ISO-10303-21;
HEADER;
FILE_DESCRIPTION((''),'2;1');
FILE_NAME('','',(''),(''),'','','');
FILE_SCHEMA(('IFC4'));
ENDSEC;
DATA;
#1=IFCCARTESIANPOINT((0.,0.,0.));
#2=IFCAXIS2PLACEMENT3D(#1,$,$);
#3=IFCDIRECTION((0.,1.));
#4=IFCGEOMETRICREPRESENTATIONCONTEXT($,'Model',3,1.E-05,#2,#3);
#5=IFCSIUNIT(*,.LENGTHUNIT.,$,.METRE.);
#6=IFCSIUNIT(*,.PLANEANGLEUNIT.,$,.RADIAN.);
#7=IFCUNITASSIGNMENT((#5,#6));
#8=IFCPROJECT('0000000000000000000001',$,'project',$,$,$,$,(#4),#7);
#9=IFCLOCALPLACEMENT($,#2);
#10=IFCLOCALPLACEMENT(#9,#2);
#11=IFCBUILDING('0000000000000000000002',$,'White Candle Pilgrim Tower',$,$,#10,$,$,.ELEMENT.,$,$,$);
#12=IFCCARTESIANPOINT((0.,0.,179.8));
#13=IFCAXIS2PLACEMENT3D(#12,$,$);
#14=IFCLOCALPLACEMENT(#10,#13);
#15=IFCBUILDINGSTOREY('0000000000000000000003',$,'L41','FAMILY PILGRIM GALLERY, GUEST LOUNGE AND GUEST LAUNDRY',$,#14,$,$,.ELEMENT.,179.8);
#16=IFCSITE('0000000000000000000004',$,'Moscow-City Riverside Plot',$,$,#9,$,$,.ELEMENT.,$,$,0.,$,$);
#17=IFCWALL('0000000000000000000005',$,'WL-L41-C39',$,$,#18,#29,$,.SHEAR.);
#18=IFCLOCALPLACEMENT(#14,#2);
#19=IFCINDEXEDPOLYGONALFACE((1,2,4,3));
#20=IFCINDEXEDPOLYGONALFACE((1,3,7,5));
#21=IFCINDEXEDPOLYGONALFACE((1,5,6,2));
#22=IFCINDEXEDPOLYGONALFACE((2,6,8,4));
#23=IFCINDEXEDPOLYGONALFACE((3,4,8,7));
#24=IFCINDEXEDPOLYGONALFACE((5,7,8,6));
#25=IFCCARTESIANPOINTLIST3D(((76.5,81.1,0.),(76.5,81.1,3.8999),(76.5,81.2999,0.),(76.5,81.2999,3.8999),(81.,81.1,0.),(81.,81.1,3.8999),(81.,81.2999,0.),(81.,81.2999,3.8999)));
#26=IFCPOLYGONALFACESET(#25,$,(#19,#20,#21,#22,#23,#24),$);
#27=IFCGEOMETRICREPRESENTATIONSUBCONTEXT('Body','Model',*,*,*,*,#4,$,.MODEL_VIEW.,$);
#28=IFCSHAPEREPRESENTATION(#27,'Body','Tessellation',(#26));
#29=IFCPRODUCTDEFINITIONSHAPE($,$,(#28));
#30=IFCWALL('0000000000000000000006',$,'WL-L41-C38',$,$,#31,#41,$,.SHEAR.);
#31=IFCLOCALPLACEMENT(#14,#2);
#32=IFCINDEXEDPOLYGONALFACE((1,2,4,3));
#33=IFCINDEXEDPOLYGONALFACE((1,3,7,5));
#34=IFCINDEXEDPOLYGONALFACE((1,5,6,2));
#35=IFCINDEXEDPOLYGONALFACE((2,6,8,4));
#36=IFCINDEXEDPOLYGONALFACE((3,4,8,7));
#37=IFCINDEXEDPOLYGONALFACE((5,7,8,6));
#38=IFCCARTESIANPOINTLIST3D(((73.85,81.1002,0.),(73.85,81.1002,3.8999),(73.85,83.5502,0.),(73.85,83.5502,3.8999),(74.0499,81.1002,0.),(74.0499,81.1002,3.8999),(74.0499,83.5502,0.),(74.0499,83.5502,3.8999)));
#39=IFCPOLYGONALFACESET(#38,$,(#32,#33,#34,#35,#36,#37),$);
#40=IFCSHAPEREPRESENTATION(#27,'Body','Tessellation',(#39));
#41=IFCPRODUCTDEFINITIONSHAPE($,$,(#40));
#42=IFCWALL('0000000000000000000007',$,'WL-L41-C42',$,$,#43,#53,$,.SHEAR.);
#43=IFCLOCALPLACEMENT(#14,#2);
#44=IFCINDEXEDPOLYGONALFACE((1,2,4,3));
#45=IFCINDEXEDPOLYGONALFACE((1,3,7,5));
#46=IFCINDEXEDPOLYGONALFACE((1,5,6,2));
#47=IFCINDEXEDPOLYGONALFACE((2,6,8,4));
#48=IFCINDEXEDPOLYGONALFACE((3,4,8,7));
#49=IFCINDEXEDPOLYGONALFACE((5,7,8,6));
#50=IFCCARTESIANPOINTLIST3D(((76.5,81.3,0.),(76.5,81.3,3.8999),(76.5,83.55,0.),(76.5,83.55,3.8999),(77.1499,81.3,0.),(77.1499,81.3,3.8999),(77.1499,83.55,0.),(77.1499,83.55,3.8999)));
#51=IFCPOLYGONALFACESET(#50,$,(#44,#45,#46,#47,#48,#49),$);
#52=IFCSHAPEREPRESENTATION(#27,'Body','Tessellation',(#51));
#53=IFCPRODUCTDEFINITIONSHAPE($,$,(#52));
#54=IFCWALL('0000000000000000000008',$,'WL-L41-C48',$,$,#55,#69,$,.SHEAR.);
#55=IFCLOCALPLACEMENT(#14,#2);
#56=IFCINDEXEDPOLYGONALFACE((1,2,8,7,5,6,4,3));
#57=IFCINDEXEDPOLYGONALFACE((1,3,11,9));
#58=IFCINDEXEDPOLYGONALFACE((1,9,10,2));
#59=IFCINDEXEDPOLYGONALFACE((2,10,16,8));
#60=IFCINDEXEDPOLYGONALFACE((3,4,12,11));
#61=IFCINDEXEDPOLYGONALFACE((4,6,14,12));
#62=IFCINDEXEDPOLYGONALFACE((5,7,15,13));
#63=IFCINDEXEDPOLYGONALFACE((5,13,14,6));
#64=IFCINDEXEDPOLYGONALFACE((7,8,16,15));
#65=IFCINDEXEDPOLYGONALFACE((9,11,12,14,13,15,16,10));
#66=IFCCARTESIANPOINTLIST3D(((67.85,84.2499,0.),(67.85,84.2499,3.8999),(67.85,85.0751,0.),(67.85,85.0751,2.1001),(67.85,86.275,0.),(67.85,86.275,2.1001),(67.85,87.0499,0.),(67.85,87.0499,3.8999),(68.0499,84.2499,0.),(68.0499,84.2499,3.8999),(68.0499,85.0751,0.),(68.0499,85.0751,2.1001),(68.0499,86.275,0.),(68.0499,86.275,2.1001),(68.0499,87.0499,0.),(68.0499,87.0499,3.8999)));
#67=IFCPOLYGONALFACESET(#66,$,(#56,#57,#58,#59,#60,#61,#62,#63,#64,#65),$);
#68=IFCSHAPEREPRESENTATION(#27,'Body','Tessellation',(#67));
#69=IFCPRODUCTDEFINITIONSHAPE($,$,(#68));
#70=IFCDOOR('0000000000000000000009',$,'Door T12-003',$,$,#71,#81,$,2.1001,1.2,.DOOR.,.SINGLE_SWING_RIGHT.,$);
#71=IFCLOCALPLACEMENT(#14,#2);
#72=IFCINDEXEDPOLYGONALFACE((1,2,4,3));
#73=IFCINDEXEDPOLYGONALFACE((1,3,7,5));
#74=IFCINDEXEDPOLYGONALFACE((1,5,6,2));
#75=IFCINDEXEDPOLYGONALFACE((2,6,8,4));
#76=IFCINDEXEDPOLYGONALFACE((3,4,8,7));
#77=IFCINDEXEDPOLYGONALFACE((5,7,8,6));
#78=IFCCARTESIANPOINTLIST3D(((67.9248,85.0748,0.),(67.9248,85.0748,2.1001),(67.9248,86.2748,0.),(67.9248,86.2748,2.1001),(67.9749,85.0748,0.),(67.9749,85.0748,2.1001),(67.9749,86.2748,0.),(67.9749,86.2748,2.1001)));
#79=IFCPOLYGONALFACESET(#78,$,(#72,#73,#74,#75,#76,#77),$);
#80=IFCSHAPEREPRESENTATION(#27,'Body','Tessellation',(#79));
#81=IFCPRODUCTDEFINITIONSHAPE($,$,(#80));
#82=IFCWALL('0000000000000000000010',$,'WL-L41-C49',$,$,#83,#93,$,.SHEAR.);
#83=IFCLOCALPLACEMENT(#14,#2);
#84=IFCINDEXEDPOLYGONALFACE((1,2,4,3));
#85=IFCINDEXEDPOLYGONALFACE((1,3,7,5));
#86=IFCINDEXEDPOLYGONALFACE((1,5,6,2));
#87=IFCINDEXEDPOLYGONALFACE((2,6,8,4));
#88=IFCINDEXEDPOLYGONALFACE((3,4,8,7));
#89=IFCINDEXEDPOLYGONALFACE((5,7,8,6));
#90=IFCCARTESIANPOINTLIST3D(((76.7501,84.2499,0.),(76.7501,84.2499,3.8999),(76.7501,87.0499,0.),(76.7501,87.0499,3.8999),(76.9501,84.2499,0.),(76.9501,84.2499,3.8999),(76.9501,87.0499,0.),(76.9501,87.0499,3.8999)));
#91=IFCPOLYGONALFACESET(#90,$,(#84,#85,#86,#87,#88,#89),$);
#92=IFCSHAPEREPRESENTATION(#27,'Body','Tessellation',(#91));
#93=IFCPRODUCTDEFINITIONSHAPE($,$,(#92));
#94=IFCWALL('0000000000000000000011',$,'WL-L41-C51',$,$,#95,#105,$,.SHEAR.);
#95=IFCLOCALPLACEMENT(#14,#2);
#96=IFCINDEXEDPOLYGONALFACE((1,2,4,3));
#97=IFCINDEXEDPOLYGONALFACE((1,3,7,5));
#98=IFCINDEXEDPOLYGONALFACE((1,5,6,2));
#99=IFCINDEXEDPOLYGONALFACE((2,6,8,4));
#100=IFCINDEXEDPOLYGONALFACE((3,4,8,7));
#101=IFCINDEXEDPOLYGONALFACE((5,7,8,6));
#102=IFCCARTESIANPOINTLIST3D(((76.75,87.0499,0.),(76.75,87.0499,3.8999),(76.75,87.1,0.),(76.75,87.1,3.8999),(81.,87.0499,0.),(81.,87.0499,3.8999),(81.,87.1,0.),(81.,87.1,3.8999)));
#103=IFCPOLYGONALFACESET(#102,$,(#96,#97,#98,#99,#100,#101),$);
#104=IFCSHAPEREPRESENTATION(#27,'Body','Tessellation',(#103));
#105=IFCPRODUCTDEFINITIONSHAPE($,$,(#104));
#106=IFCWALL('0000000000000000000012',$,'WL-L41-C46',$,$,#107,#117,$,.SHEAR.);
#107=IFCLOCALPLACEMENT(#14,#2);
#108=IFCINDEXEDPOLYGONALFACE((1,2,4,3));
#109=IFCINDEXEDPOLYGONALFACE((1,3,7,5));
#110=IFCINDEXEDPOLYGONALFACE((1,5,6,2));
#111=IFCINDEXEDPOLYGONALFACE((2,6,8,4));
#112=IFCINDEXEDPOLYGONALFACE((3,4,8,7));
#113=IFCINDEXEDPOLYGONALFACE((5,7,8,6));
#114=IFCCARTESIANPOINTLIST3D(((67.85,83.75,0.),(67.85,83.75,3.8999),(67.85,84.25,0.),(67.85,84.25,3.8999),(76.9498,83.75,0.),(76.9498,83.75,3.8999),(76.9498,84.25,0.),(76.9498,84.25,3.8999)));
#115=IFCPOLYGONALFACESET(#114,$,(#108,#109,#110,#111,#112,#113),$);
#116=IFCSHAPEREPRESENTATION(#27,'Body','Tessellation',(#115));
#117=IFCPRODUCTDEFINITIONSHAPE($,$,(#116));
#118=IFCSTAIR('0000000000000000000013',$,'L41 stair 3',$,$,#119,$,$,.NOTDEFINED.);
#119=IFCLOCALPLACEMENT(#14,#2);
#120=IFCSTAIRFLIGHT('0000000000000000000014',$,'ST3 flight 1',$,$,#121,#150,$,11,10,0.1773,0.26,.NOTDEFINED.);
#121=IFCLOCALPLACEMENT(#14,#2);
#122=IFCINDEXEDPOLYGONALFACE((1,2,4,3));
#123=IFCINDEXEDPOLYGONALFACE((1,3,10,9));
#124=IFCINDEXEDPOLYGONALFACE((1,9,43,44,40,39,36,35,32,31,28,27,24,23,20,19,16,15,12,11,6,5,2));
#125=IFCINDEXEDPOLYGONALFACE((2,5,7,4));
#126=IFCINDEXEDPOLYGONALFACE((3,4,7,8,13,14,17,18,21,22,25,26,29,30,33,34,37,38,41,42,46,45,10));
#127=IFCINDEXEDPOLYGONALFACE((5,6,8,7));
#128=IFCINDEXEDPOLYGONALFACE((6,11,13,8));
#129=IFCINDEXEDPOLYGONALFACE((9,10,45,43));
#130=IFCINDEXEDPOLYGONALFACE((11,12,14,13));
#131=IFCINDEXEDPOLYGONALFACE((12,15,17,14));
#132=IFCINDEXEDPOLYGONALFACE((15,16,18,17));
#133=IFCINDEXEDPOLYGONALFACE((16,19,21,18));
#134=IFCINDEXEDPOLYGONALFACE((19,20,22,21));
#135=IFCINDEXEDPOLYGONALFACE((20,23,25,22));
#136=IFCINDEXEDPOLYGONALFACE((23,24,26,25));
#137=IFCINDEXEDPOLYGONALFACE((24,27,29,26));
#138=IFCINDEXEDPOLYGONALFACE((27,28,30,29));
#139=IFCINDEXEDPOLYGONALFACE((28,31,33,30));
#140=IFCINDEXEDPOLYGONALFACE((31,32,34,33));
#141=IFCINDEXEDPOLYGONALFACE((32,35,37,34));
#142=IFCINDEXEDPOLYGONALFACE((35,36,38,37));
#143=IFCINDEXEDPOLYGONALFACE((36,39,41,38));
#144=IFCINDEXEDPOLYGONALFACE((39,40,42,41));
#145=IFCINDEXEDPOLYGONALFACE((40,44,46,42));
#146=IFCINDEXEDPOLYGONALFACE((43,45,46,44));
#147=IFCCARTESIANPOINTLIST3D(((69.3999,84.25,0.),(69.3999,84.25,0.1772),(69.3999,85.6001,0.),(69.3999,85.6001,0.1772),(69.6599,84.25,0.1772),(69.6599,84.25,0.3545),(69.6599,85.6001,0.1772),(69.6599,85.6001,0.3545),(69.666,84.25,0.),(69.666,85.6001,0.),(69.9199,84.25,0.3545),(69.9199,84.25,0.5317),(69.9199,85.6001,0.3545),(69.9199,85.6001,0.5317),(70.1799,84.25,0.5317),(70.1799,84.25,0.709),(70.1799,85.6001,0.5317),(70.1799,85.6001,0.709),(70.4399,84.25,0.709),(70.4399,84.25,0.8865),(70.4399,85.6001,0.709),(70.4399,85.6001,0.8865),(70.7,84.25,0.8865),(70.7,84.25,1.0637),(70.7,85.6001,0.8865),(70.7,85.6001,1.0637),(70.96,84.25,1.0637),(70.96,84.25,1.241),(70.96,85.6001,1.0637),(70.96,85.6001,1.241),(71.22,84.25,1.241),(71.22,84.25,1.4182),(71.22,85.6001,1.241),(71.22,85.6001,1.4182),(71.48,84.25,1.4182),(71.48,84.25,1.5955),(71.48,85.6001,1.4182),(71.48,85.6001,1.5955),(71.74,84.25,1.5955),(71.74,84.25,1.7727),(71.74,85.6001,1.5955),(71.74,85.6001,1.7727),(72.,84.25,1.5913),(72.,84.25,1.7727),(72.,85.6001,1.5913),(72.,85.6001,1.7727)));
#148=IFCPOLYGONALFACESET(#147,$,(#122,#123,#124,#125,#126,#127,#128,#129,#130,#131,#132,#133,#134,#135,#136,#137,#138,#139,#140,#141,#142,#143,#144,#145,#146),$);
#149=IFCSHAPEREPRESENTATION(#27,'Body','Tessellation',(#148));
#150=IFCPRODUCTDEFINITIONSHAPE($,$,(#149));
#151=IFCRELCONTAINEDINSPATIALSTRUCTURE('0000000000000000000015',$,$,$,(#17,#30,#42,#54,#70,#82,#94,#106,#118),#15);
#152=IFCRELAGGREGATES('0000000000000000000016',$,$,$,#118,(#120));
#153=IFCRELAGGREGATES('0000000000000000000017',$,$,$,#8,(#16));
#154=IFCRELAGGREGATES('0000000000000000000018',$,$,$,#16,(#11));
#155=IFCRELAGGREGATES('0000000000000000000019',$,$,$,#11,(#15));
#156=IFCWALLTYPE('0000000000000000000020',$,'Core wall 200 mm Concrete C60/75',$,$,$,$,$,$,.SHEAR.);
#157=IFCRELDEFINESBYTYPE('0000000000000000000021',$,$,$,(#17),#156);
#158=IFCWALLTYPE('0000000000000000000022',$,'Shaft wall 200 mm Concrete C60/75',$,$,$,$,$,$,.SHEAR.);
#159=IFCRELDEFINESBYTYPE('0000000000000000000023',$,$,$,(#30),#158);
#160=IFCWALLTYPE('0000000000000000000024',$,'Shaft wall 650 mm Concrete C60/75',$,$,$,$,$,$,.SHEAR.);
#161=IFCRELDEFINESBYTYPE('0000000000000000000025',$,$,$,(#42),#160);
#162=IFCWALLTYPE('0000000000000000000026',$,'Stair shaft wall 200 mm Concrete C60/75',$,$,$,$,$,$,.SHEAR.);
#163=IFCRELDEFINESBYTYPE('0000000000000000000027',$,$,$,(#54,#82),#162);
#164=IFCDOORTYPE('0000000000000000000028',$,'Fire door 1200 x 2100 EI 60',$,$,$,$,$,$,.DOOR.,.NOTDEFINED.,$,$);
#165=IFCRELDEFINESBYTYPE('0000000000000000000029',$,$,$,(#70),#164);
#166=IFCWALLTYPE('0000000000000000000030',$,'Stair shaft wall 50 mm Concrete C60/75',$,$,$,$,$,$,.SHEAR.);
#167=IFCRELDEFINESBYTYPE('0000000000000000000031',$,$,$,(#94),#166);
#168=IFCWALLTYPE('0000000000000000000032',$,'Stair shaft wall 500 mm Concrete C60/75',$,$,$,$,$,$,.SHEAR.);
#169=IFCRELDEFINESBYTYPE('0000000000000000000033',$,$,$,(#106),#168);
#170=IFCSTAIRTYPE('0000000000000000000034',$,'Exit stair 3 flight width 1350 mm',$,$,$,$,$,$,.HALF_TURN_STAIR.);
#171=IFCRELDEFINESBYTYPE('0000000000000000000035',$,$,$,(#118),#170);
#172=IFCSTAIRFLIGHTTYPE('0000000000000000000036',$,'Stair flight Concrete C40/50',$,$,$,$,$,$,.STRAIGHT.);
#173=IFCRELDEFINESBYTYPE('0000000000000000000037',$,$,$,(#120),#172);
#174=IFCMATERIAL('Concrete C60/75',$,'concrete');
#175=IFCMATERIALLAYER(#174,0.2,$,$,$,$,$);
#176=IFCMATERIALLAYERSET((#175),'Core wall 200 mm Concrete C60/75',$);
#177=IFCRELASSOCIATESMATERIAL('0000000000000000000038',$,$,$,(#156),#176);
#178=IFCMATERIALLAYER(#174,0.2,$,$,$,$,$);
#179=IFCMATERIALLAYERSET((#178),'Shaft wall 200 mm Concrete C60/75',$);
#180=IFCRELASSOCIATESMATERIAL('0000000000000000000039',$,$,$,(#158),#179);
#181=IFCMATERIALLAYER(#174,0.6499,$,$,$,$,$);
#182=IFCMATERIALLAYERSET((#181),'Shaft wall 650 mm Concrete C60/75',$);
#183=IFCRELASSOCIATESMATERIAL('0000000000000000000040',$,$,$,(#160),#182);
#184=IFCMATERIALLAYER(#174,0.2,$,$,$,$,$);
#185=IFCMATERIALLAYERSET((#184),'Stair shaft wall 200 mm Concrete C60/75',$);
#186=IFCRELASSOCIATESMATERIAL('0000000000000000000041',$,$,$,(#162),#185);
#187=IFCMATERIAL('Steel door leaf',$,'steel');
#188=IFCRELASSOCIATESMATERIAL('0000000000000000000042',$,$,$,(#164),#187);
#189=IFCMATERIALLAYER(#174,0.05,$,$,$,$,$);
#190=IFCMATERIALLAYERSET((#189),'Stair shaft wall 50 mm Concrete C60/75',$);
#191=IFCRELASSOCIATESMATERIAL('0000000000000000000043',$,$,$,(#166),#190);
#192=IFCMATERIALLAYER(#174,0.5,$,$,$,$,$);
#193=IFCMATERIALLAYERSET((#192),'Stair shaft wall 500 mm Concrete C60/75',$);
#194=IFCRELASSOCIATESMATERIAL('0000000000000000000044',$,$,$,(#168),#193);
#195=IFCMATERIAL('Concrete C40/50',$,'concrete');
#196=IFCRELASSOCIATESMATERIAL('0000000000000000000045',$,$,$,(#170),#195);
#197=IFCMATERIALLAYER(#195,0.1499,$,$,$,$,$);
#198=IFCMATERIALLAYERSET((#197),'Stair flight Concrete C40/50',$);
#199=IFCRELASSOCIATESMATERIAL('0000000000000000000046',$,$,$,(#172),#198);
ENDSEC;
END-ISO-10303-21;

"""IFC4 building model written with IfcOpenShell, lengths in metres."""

from ifc_helpers import new_model, si_unit, direction, frame, frame_2d, origin, place, context, subcontext, project, spatial, polyline, rectangle, outline, extrude, material, layer, layer_set, type_object, element, fill, aggregate, save


model = new_model("IFC4")

# Units and contexts
model_context = context("Model", 3, precision=1e-05, world=origin(), true_north=direction((0.0, 1.0)))
body_context = subcontext(model_context, "Body", "Model", "MODEL_VIEW")
ifc_project = project(units=[si_unit("LENGTHUNIT", "METRE"), si_unit("PLANEANGLEUNIT", "RADIAN")], contexts=[model_context])

# Site, building, storey
site_placement = place(None, origin())
site = spatial("IfcSite", under=ifc_project, at=site_placement, Name="Moscow-City Riverside Plot", CompositionType="ELEMENT", RefElevation=0.0)
building_placement = place(site_placement, origin())
building = spatial("IfcBuilding", under=site, at=building_placement, Name="White Candle Pilgrim Tower", CompositionType="ELEMENT")
storey_placement = place(building_placement, frame((0.0, 0.0, 179.8)))
storey = spatial("IfcBuildingStorey", under=building, at=storey_placement, Name="L41", Description="FAMILY PILGRIM GALLERY, GUEST LOUNGE AND GUEST LAUNDRY", CompositionType="ELEMENT", Elevation=179.8)

# Walls
ifc_material_1 = material(Name="Concrete C60/75", Category="concrete")
ifc_layer_1 = layer(ifc_material_1, 0.2)
ifc_layer_set_1 = layer_set([ifc_layer_1], Name="Core wall 200 mm Concrete C60/75")
wall_type_1 = type_object("IfcWallType", Name="Core wall 200 mm Concrete C60/75", PredefinedType="SHEAR", material=ifc_layer_set_1)
wall_1_placement = place(storey_placement, frame((76.5, 81.2, 0.0), z_axis=(0.0, 0.0, 1.0), x_axis=(1.0, 0.0, 0.0)))
element("IfcWall", 1, at=wall_1_placement, inside=storey, type_object=wall_type_1, Name="WL-L41-C39", PredefinedType="SHEAR", context=body_context, shape_type="SweptSolid", body=[
    extrude(rectangle(XDim=4.5, YDim=0.2, at=frame_2d((2.25, 0.0))), origin(), (0.0, 0.0, 1.0), 3.8999),
])
ifc_layer_2 = layer(ifc_material_1, 0.2)
ifc_layer_set_2 = layer_set([ifc_layer_2], Name="Shaft wall 200 mm Concrete C60/75")
wall_type_2 = type_object("IfcWallType", Name="Shaft wall 200 mm Concrete C60/75", PredefinedType="SHEAR", material=ifc_layer_set_2)
wall_2_placement = place(storey_placement, frame((73.95, 81.1001, 0.0), z_axis=(0.0, 0.0, 1.0), x_axis=(0.0, 1.0, 0.0)))
element("IfcWall", 2, at=wall_2_placement, inside=storey, type_object=wall_type_2, Name="WL-L41-C38", PredefinedType="SHEAR", context=body_context, shape_type="SweptSolid", body=[
    extrude(rectangle(XDim=2.45, YDim=0.2, at=frame_2d((1.2251, 0.0))), origin(), (0.0, 0.0, 1.0), 3.8999),
])
ifc_layer_3 = layer(ifc_material_1, 0.6499)
ifc_layer_set_3 = layer_set([ifc_layer_3], Name="Shaft wall 650 mm Concrete C60/75")
wall_type_3 = type_object("IfcWallType", Name="Shaft wall 650 mm Concrete C60/75", PredefinedType="SHEAR", material=ifc_layer_set_3)
wall_3_placement = place(storey_placement, frame((76.825, 81.3, 0.0), z_axis=(0.0, 0.0, 1.0), x_axis=(0.0, 1.0, 0.0)))
element("IfcWall", 3, at=wall_3_placement, inside=storey, type_object=wall_type_3, Name="WL-L41-C42", PredefinedType="SHEAR", context=body_context, shape_type="SweptSolid", body=[
    extrude(rectangle(XDim=2.25, YDim=0.6499, at=frame_2d((1.125, 0.0))), origin(), (0.0, 0.0, 1.0), 3.8999),
])

# Wall, opening, door
ifc_layer_4 = layer(ifc_material_1, 0.2)
ifc_layer_set_4 = layer_set([ifc_layer_4], Name="Stair shaft wall 200 mm Concrete C60/75")
wall_type_4 = type_object("IfcWallType", Name="Stair shaft wall 200 mm Concrete C60/75", PredefinedType="SHEAR", material=ifc_layer_set_4)
wall_4_placement = place(storey_placement, frame((67.95, 84.25, 0.0), z_axis=(0.0, 0.0, 1.0), x_axis=(0.0, 1.0, 0.0)))
wall_4 = element("IfcWall", 4, at=wall_4_placement, inside=storey, type_object=wall_type_4, Name="WL-L41-C48", PredefinedType="SHEAR", context=body_context, shape_type="SweptSolid", body=[
    extrude(rectangle(XDim=2.8, YDim=0.2, at=frame_2d((1.3999, 0.0))), origin(), (0.0, 0.0, 1.0), 3.8999),
])
opening_placement = place(wall_4_placement, frame((0.825, 0.0, 0.0)))
opening = element("IfcOpeningElement", 5, at=opening_placement, cuts=wall_4, PredefinedType="OPENING", context=body_context, shape_type="SweptSolid", body=[
    extrude(rectangle(XDim=1.2, YDim=2.1001, at=frame_2d((0.6001, 1.05))), frame((0.0, 0.1099, 0.0), z_axis=(0.0, -1.0, 0.0), x_axis=(1.0, 0.0, 0.0)), (0.0, 0.0, 1.0), 0.22),
])
ifc_material_2 = material(Name="Steel door leaf", Category="steel")
door_type = type_object("IfcDoorType", Name="Fire door 1200 x 2100 EI 60", OperationType="NOTDEFINED", PredefinedType="DOOR", material=ifc_material_2)
door_placement = place(opening_placement, frame((1.2, 0.0, 0.0), z_axis=(0.0, 0.0, 1.0), x_axis=(-1.0, 0.0, 0.0)))
door = element("IfcDoor", 6, at=door_placement, inside=storey, type_object=door_type, Name="Door T12-003", OperationType="SINGLE_SWING_RIGHT", OverallHeight=2.1001, OverallWidth=1.2, PredefinedType="DOOR", context=body_context, shape_type="SweptSolid", body=[
    extrude(rectangle(XDim=1.2, YDim=2.1001, at=frame_2d((0.6001, 1.05))), frame((0.0, 0.0249, 0.0), z_axis=(0.0, -1.0, 0.0), x_axis=(1.0, 0.0, 0.0)), (0.0, 0.0, 1.0), 0.05),
])
fill(opening, door)

# Walls
wall_5_placement = place(storey_placement, frame((76.8501, 84.25, 0.0), z_axis=(0.0, 0.0, 1.0), x_axis=(0.0, 1.0, 0.0)))
element("IfcWall", 7, at=wall_5_placement, inside=storey, type_object=wall_type_4, Name="WL-L41-C49", PredefinedType="SHEAR", context=body_context, shape_type="SweptSolid", body=[
    extrude(rectangle(XDim=2.8, YDim=0.2, at=frame_2d((1.3999, 0.0))), origin(), (0.0, 0.0, 1.0), 3.8999),
])
ifc_layer_5 = layer(ifc_material_1, 0.05)
ifc_layer_set_5 = layer_set([ifc_layer_5], Name="Stair shaft wall 50 mm Concrete C60/75")
wall_type_5 = type_object("IfcWallType", Name="Stair shaft wall 50 mm Concrete C60/75", PredefinedType="SHEAR", material=ifc_layer_set_5)
wall_6_placement = place(storey_placement, frame((76.75, 87.075, 0.0), z_axis=(0.0, 0.0, 1.0), x_axis=(1.0, 0.0, 0.0)))
element("IfcWall", 8, at=wall_6_placement, inside=storey, type_object=wall_type_5, Name="WL-L41-C51", PredefinedType="SHEAR", context=body_context, shape_type="SweptSolid", body=[
    extrude(rectangle(XDim=4.25, YDim=0.05, at=frame_2d((2.125, 0.0))), origin(), (0.0, 0.0, 1.0), 3.8999),
])
ifc_layer_6 = layer(ifc_material_1, 0.5)
ifc_layer_set_6 = layer_set([ifc_layer_6], Name="Stair shaft wall 500 mm Concrete C60/75")
wall_type_6 = type_object("IfcWallType", Name="Stair shaft wall 500 mm Concrete C60/75", PredefinedType="SHEAR", material=ifc_layer_set_6)
wall_7_placement = place(storey_placement, frame((67.8501, 84.0, 0.0), z_axis=(0.0, 0.0, 1.0), x_axis=(1.0, 0.0, 0.0)))
element("IfcWall", 9, at=wall_7_placement, inside=storey, type_object=wall_type_6, Name="WL-L41-C46", PredefinedType="SHEAR", context=body_context, shape_type="SweptSolid", body=[
    extrude(rectangle(XDim=9.0999, YDim=0.5, at=frame_2d((4.5498, 0.0))), origin(), (0.0, 0.0, 1.0), 3.8999),
])

# Stair, stair flight
ifc_material_3 = material(Name="Concrete C40/50", Category="concrete")
stair_type = type_object("IfcStairType", Name="Exit stair 3 flight width 1350 mm", PredefinedType="HALF_TURN_STAIR", material=ifc_material_3)
stair_placement = place(storey_placement, origin())
stair = element("IfcStair", 10, at=stair_placement, inside=storey, type_object=stair_type, Name="L41 stair 3", PredefinedType="NOTDEFINED")
ifc_layer_7 = layer(ifc_material_3, 0.1499)
ifc_layer_set_7 = layer_set([ifc_layer_7], Name="Stair flight Concrete C40/50")
stair_flight_type = type_object("IfcStairFlightType", Name="Stair flight Concrete C40/50", PredefinedType="STRAIGHT", material=ifc_layer_set_7)
stair_flight_1_placement = place(storey_placement, frame((69.3999, 84.925, 0.0), z_axis=(0.0, 0.0, 1.0), x_axis=(1.0, 0.0, 0.0)))
stair_flight_1 = element("IfcStairFlight", 11, at=stair_flight_1_placement, type_object=stair_flight_type, Name="ST3 flight 1", NumberOfRisers=11, NumberOfTreads=10, PredefinedType="NOTDEFINED", RiserHeight=0.1773, TreadLength=0.26, context=body_context, shape_type="SweptSolid", body=[
    extrude(outline(polyline([(0.0, 0.0), (0.0, 0.1772), (0.26, 0.1772), (0.26, 0.3545), (0.52, 0.3545), (0.52, 0.5317), (0.78, 0.5317), (0.78, 0.709), (1.04, 0.709), (1.04, 0.8865), (1.3, 0.8865), (1.3, 1.0637), (1.5601, 1.0637), (1.5601, 1.241), (1.8201, 1.241), (1.8201, 1.4182), (2.0801, 1.4182), (2.0801, 1.5955), (2.3401, 1.5955), (2.3401, 1.7727), (2.6001, 1.7727), (2.6001, 1.95), (2.6001, 1.5913), (0.2661, 0.0), (0.0, 0.0)])), frame((0.0, 0.675, 0.0), z_axis=(0.0, -1.0, 0.0), x_axis=(1.0, 0.0, 0.0)), (0.0, 0.0, 1.0), 1.3501),
])
aggregate(stair, [stair_flight_1])

save(model, "model.ifc")
